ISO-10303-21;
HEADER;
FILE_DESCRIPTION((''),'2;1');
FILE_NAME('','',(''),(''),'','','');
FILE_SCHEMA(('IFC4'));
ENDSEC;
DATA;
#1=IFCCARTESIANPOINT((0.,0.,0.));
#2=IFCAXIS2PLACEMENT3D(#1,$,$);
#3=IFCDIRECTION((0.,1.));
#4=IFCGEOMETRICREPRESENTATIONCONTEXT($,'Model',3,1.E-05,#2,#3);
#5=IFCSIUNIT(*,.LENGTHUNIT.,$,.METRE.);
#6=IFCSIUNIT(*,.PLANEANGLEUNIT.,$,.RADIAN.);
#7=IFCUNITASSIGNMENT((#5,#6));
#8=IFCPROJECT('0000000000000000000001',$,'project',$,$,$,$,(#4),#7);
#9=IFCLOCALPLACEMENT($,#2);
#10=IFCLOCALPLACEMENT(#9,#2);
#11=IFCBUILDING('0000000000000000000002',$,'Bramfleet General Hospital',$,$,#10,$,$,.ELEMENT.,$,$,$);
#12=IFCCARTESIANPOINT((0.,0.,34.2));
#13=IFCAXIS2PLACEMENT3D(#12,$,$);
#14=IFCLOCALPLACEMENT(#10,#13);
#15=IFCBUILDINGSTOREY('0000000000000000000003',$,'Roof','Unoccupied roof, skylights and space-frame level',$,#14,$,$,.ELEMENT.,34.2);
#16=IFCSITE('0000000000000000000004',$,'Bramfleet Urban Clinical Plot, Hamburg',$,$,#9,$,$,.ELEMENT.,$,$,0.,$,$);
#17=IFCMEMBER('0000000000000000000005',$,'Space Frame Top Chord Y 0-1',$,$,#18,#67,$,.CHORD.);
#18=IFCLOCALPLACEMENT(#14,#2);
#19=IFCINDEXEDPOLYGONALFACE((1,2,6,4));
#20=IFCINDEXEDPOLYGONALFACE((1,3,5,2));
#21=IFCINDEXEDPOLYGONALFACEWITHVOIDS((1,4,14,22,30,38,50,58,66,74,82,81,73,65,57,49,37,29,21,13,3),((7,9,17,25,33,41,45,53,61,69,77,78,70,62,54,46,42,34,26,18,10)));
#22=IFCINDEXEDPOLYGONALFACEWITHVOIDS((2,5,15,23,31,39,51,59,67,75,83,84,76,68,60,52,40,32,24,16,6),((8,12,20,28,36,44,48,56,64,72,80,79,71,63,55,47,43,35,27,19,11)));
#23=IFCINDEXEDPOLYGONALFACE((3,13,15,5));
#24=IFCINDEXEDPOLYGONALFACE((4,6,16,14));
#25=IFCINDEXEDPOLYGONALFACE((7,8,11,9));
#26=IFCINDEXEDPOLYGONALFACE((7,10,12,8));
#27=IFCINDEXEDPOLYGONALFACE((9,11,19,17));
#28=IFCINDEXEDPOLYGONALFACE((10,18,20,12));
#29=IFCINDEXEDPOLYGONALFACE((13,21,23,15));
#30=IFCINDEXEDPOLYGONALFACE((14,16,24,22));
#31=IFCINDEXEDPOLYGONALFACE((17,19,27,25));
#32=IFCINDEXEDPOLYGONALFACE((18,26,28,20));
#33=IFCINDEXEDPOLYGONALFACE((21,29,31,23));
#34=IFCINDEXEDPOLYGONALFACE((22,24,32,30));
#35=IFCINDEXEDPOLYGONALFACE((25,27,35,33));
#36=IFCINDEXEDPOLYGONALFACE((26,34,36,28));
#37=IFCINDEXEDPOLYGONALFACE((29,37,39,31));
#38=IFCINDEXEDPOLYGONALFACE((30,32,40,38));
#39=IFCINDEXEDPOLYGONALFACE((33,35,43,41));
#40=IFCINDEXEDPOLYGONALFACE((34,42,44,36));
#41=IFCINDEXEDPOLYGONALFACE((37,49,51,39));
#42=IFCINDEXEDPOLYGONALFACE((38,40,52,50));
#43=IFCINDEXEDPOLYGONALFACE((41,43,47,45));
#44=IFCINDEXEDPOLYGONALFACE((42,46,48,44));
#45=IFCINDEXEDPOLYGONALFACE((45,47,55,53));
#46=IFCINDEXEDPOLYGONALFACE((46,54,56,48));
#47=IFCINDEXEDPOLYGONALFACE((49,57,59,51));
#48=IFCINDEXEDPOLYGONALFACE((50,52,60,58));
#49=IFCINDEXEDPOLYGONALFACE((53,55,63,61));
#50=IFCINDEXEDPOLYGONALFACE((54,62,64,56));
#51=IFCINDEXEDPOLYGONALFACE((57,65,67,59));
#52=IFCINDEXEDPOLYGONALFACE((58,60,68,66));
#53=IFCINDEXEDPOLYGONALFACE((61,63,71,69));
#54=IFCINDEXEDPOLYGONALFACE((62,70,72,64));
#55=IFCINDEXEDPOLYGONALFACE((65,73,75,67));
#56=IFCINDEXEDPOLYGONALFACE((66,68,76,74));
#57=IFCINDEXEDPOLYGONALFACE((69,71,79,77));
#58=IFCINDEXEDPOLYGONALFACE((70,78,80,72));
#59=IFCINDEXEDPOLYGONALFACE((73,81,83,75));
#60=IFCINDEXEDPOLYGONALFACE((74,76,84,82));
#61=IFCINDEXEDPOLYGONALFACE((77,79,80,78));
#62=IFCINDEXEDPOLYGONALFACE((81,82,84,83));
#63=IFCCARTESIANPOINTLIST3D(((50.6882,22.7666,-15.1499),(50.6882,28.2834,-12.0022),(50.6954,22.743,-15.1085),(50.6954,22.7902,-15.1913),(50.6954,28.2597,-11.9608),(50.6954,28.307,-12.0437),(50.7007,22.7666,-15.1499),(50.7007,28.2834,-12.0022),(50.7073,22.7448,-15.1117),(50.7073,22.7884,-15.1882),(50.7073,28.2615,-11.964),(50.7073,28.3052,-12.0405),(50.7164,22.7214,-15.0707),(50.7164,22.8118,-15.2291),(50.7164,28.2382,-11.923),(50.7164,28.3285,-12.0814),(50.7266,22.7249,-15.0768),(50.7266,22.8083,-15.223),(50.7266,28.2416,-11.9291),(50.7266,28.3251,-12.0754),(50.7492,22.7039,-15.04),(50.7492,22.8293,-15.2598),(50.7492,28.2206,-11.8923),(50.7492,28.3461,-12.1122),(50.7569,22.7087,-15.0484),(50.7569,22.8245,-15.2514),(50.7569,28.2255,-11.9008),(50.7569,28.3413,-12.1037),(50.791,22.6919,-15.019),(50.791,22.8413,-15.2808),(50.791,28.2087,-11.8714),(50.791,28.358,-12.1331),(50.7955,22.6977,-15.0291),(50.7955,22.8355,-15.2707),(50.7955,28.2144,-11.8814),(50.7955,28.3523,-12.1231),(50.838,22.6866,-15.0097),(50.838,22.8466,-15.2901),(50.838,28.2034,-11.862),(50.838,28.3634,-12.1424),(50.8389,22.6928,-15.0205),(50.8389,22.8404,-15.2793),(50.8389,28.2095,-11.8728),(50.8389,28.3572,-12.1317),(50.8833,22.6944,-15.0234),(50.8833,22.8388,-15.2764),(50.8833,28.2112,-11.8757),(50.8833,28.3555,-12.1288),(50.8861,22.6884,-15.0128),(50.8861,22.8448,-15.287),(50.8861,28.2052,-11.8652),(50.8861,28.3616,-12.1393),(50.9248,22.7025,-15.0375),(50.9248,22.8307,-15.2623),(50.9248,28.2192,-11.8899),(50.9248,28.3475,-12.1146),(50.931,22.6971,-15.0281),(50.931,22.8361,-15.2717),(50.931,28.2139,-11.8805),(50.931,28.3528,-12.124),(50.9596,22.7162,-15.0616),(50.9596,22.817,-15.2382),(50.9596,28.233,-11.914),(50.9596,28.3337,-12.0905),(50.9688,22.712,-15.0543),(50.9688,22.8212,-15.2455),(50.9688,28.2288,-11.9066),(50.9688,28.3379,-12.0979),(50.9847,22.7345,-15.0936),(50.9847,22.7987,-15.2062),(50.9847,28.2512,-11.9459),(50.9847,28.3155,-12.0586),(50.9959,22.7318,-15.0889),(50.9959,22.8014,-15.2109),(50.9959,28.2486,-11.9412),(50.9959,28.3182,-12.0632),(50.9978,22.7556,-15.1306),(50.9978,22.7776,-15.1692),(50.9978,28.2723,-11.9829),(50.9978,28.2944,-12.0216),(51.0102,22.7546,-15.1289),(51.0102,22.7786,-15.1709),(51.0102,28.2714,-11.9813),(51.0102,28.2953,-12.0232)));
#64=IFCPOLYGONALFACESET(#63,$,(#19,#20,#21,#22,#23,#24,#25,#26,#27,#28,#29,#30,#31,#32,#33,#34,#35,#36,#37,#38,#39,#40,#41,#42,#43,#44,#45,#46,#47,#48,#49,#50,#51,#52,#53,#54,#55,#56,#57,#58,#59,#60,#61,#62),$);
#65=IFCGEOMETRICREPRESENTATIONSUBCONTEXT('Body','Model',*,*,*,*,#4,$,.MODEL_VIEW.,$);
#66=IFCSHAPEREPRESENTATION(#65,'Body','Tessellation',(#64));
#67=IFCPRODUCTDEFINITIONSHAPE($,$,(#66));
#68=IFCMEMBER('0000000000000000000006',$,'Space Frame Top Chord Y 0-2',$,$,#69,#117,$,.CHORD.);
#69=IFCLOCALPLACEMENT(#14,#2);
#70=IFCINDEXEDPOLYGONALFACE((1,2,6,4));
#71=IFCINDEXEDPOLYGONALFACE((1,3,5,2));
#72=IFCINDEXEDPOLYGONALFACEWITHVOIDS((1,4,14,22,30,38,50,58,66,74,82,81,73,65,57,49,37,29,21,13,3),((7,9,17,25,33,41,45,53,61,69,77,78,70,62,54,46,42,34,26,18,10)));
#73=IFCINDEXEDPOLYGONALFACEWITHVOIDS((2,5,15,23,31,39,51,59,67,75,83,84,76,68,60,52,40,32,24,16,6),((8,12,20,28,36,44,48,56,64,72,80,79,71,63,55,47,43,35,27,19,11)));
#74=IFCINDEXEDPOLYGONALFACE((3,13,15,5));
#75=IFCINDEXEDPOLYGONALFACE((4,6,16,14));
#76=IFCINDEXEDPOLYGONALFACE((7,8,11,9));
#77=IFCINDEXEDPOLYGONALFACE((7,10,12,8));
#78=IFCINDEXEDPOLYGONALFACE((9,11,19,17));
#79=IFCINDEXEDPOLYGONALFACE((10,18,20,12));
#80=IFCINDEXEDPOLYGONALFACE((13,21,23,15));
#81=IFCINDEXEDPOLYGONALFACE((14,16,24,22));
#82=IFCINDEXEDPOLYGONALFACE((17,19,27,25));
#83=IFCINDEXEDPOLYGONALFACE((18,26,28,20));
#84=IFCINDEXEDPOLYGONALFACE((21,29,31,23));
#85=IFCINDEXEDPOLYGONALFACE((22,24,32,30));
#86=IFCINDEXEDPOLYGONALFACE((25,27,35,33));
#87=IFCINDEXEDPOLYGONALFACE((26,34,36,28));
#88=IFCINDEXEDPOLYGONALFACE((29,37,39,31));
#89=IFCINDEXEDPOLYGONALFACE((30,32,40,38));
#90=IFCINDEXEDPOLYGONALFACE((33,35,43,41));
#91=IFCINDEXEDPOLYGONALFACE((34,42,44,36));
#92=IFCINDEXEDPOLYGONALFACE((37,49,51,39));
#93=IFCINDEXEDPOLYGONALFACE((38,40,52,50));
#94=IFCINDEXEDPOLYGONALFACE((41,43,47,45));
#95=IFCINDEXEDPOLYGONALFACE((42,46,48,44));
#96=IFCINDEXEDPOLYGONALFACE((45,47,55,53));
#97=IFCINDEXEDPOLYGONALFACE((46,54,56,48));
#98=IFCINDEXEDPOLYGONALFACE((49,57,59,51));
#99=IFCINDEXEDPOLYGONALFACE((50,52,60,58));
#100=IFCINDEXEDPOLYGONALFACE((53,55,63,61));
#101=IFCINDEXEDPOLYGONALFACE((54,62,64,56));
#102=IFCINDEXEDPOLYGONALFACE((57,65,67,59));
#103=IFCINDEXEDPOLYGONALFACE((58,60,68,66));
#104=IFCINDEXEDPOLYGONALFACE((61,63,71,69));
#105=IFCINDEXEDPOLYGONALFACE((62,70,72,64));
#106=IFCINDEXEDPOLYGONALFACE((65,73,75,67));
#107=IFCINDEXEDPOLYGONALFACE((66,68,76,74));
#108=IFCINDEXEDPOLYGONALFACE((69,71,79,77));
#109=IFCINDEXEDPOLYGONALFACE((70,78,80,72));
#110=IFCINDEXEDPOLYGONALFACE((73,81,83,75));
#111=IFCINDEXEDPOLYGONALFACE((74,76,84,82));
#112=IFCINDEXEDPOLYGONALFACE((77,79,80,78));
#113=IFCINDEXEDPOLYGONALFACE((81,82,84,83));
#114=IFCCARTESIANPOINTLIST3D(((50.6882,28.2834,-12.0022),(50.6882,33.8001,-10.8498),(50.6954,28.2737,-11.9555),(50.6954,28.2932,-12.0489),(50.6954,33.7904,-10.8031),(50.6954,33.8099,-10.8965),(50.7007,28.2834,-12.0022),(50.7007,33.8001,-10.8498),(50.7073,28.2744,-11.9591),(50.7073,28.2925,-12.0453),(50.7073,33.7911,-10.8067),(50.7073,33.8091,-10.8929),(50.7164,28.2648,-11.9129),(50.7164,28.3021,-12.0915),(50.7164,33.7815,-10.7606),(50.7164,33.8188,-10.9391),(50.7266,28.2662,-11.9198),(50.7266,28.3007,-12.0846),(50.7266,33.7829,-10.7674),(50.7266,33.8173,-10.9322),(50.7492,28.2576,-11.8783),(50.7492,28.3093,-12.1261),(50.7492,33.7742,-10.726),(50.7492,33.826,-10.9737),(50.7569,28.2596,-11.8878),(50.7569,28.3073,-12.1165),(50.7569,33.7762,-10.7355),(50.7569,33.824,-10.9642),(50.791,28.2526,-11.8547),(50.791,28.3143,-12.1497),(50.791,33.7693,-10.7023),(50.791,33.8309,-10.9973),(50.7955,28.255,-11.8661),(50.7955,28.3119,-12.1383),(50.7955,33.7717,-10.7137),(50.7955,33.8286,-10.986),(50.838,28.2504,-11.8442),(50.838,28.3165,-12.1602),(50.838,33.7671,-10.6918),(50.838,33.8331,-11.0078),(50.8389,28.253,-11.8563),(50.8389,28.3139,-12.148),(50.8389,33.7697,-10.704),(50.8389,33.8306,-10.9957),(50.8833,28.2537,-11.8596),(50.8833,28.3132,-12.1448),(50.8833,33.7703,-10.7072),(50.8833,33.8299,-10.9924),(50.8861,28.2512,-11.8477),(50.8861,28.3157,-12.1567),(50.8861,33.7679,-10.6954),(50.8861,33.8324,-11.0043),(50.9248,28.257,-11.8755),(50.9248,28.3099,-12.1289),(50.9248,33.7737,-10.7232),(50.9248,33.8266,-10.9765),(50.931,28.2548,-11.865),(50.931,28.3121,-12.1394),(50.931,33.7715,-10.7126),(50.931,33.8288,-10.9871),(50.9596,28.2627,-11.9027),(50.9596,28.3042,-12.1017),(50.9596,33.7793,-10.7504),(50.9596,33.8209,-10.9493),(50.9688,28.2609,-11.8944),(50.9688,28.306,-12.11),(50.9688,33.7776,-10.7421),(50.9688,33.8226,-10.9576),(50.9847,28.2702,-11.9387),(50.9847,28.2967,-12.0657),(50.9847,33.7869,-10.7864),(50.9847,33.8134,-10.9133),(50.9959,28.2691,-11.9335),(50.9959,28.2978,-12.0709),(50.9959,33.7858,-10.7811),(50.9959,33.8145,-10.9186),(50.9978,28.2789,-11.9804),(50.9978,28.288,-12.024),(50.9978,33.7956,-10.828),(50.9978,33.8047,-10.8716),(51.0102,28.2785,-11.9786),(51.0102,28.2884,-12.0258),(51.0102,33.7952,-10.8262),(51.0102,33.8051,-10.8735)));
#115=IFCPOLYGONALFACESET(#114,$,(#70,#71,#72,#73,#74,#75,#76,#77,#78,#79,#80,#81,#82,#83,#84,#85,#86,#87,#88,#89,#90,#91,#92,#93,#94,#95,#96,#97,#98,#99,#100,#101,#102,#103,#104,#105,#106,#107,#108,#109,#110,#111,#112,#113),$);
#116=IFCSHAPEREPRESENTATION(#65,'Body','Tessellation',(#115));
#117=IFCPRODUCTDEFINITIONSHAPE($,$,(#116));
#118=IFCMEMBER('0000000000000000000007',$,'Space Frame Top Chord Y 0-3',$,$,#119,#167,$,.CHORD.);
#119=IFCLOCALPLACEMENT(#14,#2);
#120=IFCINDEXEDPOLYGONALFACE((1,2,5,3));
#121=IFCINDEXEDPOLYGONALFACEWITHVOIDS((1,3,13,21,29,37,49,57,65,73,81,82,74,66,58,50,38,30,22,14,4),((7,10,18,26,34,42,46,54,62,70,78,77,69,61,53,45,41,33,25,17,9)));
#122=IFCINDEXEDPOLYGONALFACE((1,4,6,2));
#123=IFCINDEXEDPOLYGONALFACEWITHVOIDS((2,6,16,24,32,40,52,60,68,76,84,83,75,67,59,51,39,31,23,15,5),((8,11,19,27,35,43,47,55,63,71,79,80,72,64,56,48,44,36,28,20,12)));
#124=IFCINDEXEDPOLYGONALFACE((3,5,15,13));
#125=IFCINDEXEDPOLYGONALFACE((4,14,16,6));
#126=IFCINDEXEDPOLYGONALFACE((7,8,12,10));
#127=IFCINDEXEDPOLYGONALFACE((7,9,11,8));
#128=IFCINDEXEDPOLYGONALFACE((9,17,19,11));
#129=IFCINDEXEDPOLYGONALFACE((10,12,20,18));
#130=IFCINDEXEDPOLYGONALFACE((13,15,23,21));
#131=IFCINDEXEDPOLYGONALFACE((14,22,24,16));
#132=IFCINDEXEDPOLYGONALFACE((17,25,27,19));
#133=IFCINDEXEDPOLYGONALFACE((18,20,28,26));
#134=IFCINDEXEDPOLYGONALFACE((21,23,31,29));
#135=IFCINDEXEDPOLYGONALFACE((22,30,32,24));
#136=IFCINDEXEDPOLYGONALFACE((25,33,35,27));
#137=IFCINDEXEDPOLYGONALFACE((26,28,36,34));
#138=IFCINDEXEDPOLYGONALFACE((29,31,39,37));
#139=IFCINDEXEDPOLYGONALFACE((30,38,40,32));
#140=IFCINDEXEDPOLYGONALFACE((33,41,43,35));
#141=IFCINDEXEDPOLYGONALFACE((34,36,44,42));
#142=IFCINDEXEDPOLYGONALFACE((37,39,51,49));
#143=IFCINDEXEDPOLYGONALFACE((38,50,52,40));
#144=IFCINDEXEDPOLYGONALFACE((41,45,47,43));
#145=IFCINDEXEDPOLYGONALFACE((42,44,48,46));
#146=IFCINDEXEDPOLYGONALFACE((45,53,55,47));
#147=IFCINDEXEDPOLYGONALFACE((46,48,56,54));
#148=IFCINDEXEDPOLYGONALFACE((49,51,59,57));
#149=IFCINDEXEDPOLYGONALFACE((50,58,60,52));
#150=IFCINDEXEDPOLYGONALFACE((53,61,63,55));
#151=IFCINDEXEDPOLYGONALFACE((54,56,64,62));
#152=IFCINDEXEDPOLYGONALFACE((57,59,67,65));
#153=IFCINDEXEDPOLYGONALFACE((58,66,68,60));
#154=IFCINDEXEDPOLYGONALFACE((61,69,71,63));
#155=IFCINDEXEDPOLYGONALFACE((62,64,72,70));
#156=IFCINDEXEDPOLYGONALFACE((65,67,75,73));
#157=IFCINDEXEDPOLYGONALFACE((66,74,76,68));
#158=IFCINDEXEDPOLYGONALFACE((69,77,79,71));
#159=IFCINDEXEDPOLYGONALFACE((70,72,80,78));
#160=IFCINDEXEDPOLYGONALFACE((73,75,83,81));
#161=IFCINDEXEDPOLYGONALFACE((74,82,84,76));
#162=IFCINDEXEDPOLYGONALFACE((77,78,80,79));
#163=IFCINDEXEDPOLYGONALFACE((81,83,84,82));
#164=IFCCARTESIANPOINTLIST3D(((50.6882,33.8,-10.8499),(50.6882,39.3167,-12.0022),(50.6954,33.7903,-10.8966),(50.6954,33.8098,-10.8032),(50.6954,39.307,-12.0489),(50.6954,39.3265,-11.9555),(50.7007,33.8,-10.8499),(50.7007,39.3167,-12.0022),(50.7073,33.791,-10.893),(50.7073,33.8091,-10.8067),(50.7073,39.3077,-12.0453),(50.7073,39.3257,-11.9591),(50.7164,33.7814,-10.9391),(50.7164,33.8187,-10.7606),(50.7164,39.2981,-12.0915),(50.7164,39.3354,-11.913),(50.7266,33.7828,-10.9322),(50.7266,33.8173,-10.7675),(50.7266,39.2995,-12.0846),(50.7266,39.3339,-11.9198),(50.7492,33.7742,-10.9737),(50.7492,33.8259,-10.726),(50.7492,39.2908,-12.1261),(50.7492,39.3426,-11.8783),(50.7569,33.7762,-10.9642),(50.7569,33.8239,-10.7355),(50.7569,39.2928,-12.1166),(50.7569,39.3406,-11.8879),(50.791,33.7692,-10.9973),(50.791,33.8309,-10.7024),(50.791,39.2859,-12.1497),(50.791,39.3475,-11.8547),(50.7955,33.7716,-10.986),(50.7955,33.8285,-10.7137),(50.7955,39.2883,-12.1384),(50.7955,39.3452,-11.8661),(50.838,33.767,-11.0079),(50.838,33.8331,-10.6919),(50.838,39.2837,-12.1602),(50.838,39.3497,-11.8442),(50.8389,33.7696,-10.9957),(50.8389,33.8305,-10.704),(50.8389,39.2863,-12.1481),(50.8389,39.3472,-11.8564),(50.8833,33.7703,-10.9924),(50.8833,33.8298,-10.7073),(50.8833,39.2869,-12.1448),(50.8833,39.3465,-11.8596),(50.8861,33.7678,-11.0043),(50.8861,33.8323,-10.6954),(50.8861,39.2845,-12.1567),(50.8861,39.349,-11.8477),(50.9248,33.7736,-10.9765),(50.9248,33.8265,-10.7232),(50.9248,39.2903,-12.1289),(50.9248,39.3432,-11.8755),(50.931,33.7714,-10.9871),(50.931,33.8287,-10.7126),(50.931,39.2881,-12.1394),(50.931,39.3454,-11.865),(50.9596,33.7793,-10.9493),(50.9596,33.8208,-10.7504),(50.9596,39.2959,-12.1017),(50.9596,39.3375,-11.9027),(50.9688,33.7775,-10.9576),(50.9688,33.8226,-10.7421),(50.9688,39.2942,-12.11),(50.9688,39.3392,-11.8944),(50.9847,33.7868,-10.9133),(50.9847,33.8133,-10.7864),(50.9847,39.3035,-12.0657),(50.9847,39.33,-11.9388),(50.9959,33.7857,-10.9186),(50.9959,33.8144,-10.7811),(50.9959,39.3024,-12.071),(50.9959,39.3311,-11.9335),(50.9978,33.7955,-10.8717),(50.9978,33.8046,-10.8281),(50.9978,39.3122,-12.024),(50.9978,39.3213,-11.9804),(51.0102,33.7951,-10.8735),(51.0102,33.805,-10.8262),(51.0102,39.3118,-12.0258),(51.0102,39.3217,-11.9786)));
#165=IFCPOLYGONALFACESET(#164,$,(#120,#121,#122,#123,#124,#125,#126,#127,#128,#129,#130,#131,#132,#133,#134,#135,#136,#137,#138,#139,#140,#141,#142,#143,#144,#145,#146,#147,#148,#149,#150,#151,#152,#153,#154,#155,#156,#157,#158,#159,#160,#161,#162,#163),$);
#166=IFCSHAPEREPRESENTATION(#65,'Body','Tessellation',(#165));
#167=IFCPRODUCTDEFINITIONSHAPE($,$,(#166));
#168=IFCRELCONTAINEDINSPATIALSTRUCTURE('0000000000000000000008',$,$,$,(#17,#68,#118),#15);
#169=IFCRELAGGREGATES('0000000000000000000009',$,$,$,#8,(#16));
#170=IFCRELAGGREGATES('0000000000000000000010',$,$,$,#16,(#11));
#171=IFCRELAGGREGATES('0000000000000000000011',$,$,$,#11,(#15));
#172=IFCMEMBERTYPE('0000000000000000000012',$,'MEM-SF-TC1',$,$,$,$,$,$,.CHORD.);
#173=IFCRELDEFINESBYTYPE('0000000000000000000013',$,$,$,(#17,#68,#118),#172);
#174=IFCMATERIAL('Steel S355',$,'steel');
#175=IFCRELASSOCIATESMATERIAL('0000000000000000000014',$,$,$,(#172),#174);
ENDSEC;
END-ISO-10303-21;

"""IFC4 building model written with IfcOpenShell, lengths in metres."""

from ifc_helpers import new_model, si_unit, direction, frame, origin, origin_2d, place, context, subcontext, project, spatial, hollow_circle, extrude, material, material_profile, profile_set, type_object, element, save


model = new_model("IFC4")

# Units and contexts
model_context = context("Model", 3, precision=1e-05, world=origin(), true_north=direction((0.0, 1.0)))
body_context = subcontext(model_context, "Body", "Model", "MODEL_VIEW")
ifc_project = project(units=[si_unit("LENGTHUNIT", "METRE"), si_unit("PLANEANGLEUNIT", "RADIAN")], contexts=[model_context])

# Site, building, storey
site_placement = place(None, origin())
site = spatial("IfcSite", under=ifc_project, at=site_placement, Name="Bramfleet Urban Clinical Plot, Hamburg", CompositionType="ELEMENT", RefElevation=0.0)
building_placement = place(site_placement, origin())
building = spatial("IfcBuilding", under=site, at=building_placement, Name="Bramfleet General Hospital", CompositionType="ELEMENT")
storey_placement = place(building_placement, frame((0.0, 0.0, 34.2)))
storey = spatial("IfcBuildingStorey", under=building, at=storey_placement, Name="Roof", Description="Unoccupied roof, skylights and space-frame level", CompositionType="ELEMENT", Elevation=34.2)

# Members
ifc_material_1 = material(Name="Steel S355", Category="steel")
ifc_material_profile_1 = material_profile(ifc_material_1, hollow_circle(Radius=0.1619, WallThickness=0.0125, at=origin_2d()), Name="CHS 323.9x12.5")
ifc_profile_set_1 = profile_set([ifc_material_profile_1], Name="Steel S355")
member_type_1 = type_object("IfcMemberType", Name="MEM-SF-TC1", PredefinedType="CHORD", material=ifc_profile_set_1)
member_1_placement = place(storey_placement, frame((50.8501, 22.7666, -15.1499), z_axis=(0.0, 0.868567, 0.495572), x_axis=(-1.0, 0.0, 0.0)))
element("IfcMember", 1, at=member_1_placement, inside=storey, type_object=member_type_1, Name="Space Frame Top Chord Y 0-1", PredefinedType="CHORD", context=body_context, shape_type="SweptSolid", body=[
    extrude(hollow_circle(Radius=0.1619, WallThickness=0.0125, at=origin_2d()), origin(), (0.0, 0.0, 1.0), 6.3516),
])
for number, where, z_axis, x_axis, name in (
    (2, (50.8501, 28.2834, -12.0022), (0.0, 0.978872, 0.204473), (-1.0, 0.0, 0.0), "Space Frame Top Chord Y 0-2"),
    (3, (50.8501, 33.8, -10.8499), (0.0, 0.978872, -0.204473), (-1.0, 0.0, 0.0), "Space Frame Top Chord Y 0-3"),
):
    element("IfcMember", number, at=place(storey_placement, frame(where, z_axis=z_axis, x_axis=x_axis)), inside=storey, type_object=member_type_1, Name=name, PredefinedType="CHORD", context=body_context, shape_type="SweptSolid", body=[
        extrude(hollow_circle(Radius=0.1619, WallThickness=0.0125, at=origin_2d()), origin(), (0.0, 0.0, 1.0), 5.6357),
    ])

save(model, "model.ifc")
